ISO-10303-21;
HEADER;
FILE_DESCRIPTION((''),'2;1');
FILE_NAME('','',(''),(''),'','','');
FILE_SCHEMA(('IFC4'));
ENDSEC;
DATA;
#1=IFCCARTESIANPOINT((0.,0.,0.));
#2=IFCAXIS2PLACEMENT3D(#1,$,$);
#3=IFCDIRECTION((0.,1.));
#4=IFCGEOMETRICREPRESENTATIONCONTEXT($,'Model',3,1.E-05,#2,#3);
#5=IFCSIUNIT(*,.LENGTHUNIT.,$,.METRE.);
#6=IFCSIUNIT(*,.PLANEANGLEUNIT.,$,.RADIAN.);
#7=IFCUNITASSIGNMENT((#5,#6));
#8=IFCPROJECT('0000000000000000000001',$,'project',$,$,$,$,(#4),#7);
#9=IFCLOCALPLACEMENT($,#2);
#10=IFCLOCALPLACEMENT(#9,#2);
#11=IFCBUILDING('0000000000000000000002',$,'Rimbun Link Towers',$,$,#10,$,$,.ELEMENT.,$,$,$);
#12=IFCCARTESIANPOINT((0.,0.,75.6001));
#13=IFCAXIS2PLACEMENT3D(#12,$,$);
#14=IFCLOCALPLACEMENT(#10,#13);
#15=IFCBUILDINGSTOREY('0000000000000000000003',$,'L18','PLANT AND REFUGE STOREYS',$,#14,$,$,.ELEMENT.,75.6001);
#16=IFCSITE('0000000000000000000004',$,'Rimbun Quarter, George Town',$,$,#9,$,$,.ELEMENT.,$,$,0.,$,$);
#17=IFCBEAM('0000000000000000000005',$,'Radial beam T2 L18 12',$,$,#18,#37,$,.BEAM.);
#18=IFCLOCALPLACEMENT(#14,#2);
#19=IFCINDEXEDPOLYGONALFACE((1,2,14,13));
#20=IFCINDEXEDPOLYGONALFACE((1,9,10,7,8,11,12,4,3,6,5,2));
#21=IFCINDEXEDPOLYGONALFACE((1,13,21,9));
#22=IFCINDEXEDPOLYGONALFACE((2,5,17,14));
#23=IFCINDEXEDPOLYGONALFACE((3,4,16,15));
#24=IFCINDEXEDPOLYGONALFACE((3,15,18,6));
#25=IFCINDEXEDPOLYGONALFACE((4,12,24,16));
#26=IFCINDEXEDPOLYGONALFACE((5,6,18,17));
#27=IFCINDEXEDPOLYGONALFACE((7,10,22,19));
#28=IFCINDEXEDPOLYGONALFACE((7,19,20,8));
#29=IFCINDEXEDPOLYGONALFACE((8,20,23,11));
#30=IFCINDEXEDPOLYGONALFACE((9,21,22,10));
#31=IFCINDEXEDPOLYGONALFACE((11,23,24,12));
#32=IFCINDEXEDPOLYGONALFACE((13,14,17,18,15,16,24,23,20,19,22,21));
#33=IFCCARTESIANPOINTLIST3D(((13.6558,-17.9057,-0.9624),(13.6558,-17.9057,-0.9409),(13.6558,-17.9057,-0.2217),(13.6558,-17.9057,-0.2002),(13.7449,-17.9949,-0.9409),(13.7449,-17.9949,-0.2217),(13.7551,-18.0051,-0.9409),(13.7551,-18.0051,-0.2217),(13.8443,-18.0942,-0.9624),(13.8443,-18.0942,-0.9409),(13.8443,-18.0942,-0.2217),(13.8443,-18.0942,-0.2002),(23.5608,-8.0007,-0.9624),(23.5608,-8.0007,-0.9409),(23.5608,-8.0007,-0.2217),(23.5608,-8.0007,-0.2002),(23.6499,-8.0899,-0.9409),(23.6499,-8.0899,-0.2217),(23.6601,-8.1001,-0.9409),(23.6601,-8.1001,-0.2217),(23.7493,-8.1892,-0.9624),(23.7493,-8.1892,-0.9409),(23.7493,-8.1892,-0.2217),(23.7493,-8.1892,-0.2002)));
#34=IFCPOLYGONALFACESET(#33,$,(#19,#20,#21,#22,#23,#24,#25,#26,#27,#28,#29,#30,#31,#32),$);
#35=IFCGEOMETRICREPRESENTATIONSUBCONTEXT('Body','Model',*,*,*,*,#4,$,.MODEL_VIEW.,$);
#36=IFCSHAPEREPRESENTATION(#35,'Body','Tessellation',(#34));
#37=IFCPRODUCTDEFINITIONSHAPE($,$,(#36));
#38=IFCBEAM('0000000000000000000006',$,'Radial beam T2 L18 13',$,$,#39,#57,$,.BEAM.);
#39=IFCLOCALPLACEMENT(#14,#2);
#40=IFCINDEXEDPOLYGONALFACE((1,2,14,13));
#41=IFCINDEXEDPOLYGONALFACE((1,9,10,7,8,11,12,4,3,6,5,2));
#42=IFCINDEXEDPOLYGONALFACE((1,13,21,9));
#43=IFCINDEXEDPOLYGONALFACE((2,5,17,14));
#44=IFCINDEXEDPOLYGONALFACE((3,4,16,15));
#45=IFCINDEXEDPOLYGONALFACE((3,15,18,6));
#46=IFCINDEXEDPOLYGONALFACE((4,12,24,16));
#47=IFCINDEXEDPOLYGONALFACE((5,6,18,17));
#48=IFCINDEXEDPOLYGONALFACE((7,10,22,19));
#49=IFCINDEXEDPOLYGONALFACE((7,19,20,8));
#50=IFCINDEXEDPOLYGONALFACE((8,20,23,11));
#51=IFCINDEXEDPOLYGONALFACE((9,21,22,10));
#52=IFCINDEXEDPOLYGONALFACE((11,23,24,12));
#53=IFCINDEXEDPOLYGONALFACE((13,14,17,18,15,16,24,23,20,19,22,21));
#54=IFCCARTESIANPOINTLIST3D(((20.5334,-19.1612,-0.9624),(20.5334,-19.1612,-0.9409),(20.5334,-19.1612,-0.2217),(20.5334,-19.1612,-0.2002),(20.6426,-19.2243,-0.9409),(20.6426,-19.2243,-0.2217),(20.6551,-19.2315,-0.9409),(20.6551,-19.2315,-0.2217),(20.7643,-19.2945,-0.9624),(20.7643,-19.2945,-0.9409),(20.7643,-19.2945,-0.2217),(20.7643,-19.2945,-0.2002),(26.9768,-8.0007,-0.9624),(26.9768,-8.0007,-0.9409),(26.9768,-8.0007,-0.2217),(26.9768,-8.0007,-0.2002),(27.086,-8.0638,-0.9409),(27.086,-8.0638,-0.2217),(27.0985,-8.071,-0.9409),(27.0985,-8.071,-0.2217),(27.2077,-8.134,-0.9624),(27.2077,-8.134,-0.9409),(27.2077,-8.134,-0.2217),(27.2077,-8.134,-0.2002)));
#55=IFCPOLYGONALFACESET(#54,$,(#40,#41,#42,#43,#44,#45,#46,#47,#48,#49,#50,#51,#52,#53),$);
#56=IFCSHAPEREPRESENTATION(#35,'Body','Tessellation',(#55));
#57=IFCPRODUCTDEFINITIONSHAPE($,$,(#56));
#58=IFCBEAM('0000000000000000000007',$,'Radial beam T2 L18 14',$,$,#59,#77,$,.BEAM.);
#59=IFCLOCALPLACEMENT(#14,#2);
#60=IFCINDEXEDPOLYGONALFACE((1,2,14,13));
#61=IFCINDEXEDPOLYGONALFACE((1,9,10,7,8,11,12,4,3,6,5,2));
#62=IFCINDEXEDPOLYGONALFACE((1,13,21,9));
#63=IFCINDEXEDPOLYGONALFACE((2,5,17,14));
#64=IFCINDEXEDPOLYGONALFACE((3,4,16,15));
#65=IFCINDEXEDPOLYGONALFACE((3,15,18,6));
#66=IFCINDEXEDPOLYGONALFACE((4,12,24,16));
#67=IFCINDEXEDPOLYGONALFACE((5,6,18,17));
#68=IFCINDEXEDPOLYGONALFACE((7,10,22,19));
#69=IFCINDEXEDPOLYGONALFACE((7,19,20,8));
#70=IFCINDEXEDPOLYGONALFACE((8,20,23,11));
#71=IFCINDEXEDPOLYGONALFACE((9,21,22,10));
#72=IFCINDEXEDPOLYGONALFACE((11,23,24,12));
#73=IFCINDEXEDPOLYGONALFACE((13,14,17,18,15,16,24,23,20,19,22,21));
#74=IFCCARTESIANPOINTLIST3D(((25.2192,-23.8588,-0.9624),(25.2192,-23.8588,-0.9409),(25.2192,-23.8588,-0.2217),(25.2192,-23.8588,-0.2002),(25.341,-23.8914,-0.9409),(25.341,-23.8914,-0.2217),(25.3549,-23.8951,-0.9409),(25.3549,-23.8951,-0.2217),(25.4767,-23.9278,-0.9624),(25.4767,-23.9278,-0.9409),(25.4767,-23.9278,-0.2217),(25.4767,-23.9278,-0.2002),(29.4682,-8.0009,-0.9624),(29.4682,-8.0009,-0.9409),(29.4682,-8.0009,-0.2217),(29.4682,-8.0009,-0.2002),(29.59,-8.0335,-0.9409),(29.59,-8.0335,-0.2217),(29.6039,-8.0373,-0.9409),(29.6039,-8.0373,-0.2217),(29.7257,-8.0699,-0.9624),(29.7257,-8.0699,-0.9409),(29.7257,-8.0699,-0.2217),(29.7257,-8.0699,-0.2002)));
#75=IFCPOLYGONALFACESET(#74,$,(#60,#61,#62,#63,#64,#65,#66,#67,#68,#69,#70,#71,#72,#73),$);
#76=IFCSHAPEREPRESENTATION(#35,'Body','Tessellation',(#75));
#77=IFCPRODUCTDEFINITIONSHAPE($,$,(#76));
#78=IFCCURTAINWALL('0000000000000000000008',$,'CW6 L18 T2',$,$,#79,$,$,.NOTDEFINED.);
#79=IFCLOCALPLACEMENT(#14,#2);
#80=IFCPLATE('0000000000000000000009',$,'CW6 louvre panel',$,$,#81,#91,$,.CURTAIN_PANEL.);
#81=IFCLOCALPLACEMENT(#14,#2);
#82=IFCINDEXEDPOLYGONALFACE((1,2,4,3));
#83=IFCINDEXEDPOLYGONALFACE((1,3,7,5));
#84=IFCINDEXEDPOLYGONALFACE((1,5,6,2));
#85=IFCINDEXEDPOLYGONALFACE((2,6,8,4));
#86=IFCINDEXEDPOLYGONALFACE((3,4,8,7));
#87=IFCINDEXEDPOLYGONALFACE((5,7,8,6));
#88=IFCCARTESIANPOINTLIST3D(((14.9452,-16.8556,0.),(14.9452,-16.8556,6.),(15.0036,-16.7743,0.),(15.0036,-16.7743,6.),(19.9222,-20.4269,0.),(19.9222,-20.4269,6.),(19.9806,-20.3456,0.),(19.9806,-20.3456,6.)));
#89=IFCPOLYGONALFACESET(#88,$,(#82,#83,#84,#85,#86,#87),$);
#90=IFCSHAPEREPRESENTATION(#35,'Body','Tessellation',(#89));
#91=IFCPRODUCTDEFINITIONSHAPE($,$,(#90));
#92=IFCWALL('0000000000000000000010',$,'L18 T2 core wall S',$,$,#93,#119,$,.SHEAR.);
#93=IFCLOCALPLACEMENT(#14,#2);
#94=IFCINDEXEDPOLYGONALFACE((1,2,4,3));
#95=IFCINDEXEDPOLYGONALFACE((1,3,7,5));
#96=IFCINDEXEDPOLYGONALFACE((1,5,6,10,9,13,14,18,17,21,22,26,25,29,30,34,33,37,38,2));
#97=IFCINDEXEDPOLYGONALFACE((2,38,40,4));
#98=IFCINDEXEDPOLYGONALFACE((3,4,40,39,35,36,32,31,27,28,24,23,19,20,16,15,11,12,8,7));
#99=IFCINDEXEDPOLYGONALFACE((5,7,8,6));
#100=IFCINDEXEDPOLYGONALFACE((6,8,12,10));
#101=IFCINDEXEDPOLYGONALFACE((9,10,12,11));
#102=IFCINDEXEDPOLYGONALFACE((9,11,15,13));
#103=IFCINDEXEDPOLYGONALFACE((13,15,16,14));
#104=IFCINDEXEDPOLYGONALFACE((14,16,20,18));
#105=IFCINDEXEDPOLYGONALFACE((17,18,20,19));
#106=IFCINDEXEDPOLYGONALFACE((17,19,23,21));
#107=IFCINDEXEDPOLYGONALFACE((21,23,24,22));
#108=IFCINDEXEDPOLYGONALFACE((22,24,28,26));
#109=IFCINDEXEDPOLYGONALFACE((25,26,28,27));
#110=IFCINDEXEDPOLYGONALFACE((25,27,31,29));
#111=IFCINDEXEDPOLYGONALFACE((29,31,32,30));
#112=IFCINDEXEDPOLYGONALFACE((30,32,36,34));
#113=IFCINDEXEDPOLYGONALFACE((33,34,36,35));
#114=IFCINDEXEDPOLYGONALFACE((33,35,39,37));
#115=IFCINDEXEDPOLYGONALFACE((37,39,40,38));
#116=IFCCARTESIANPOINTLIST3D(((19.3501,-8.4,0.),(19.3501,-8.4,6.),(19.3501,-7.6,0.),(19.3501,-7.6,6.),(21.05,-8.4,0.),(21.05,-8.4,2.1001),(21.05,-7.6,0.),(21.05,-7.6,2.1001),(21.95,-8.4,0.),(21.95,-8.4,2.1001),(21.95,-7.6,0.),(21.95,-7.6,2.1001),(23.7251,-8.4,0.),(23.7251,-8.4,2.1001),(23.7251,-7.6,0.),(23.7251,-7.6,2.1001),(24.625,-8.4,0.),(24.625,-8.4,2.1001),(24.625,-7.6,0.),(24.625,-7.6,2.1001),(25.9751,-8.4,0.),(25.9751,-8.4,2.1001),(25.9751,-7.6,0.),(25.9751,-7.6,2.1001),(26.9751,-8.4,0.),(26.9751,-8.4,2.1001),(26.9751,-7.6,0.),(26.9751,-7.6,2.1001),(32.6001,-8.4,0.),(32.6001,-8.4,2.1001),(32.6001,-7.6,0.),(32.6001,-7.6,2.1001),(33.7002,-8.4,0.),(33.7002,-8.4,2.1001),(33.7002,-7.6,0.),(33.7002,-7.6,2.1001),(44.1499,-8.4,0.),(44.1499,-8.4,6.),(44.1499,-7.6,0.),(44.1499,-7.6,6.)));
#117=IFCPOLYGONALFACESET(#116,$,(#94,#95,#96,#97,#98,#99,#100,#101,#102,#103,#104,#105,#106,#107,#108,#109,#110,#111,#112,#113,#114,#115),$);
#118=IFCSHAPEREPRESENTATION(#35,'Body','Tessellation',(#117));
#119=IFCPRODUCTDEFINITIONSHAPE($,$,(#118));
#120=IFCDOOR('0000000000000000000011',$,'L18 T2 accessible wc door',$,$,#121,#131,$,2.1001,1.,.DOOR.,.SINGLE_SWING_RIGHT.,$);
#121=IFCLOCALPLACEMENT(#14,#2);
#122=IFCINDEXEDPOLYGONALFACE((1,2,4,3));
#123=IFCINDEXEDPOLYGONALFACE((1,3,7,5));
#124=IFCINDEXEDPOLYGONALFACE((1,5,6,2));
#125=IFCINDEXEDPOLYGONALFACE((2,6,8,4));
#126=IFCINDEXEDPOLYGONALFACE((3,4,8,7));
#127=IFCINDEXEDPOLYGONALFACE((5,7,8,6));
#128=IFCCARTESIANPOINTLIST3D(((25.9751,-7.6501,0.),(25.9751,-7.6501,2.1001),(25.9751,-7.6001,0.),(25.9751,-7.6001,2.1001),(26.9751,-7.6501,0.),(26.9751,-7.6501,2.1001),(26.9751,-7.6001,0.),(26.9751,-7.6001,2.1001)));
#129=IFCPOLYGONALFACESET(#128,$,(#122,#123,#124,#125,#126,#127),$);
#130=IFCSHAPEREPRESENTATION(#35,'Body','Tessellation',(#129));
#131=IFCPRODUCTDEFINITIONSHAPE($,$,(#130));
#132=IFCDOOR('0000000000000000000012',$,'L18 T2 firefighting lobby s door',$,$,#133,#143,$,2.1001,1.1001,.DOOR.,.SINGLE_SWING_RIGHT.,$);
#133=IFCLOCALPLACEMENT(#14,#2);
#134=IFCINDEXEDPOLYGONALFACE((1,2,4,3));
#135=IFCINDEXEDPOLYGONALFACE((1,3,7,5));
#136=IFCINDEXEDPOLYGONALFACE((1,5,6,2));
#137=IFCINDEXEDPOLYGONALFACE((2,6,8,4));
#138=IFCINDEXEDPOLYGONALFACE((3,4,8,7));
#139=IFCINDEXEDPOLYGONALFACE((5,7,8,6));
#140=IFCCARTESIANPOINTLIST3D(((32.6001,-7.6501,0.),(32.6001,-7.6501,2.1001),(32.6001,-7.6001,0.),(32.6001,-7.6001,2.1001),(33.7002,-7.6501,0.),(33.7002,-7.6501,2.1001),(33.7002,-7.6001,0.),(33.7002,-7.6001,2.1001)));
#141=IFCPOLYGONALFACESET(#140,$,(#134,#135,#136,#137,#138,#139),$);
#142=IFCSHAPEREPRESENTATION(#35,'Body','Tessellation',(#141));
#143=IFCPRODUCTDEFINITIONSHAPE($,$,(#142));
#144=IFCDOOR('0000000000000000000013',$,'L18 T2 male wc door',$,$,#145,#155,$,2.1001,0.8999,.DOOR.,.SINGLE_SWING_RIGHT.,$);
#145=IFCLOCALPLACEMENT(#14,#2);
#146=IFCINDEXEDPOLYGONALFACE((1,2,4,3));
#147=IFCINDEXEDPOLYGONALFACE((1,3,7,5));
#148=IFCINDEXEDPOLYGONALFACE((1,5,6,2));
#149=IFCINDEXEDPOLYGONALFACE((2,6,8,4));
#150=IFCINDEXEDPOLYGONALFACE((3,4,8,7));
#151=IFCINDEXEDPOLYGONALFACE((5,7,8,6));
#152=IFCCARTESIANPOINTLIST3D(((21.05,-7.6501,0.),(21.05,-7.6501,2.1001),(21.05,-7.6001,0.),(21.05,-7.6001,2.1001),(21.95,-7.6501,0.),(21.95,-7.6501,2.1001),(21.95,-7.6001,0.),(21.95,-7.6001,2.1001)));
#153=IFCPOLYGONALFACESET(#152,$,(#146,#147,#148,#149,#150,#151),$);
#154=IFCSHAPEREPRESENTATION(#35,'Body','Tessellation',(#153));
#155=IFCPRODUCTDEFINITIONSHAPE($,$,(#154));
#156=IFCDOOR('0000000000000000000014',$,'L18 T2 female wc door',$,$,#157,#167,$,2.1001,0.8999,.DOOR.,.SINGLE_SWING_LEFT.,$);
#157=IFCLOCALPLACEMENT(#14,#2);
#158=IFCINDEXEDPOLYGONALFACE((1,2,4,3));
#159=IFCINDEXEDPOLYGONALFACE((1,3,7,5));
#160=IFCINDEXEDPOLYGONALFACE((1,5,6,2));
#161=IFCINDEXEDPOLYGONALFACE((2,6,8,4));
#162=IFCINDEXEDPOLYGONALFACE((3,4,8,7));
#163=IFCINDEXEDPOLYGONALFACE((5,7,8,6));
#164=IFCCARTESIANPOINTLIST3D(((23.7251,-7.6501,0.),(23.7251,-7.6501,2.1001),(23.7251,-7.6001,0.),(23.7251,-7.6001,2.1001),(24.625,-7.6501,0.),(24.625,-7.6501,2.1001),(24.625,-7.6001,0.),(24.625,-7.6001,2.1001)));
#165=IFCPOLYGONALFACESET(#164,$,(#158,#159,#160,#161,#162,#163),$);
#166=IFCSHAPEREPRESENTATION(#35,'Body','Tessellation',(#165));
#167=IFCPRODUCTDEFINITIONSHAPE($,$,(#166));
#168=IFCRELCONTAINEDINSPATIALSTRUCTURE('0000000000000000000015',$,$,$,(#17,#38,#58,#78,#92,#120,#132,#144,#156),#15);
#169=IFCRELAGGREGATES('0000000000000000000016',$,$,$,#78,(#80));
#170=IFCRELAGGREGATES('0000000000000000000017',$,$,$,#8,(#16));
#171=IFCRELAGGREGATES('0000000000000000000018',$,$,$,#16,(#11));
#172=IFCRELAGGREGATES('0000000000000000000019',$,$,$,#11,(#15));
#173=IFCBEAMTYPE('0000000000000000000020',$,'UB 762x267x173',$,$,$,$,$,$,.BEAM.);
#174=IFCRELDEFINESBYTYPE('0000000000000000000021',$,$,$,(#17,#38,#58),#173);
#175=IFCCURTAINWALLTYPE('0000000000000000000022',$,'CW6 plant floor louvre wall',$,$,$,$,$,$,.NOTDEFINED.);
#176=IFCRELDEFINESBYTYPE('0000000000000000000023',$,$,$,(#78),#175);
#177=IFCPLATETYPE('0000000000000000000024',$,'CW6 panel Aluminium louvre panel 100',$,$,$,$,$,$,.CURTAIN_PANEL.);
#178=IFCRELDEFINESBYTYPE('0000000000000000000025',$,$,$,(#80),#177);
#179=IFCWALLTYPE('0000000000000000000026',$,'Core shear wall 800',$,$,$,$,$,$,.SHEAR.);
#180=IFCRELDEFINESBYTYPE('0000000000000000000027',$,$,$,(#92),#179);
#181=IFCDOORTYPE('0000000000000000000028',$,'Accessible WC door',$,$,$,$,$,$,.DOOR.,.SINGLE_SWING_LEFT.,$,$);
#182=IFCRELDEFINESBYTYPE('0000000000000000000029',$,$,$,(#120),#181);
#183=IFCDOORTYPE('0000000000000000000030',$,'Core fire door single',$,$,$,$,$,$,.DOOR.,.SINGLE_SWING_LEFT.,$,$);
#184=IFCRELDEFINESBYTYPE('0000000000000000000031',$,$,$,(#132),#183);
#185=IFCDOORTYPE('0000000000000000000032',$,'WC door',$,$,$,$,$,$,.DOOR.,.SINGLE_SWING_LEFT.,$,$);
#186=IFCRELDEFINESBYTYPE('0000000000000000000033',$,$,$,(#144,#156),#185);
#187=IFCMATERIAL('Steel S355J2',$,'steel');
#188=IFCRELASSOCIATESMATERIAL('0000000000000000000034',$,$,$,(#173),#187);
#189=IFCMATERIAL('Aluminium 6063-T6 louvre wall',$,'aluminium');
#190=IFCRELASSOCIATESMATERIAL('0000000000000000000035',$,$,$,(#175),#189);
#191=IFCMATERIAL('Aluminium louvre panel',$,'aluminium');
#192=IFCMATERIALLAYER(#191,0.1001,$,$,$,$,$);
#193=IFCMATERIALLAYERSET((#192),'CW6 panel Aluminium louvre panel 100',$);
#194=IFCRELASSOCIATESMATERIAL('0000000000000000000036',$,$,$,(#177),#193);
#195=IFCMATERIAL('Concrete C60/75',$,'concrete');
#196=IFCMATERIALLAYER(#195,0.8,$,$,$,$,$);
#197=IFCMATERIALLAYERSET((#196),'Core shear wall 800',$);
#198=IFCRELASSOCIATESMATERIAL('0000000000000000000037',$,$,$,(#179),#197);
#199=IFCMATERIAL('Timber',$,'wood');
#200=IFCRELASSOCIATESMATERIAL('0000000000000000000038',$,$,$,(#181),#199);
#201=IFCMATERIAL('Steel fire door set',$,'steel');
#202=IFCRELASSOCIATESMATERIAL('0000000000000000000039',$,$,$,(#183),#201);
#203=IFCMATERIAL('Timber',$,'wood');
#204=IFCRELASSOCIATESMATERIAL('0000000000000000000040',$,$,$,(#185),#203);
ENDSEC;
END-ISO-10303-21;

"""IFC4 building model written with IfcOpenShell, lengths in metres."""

from ifc_helpers import new_model, si_unit, direction, frame, frame_2d, origin, origin_2d, place, context, subcontext, project, spatial, rectangle, i_section, extrude, material, layer, layer_set, material_profile, profile_set, type_object, element, fill, aggregate, save


model = new_model("IFC4")

# Units and contexts
model_context = context("Model", 3, precision=1e-05, world=origin(), true_north=direction((0.0, 1.0)))
body_context = subcontext(model_context, "Body", "Model", "MODEL_VIEW")
ifc_project = project(units=[si_unit("LENGTHUNIT", "METRE"), si_unit("PLANEANGLEUNIT", "RADIAN")], contexts=[model_context])

# Site, building, storey
site_placement = place(None, origin())
site = spatial("IfcSite", under=ifc_project, at=site_placement, Name="Rimbun Quarter, George Town", CompositionType="ELEMENT", RefElevation=0.0)
building_placement = place(site_placement, origin())
building = spatial("IfcBuilding", under=site, at=building_placement, Name="Rimbun Link Towers", CompositionType="ELEMENT")
storey_placement = place(building_placement, frame((0.0, 0.0, 75.6001)))
storey = spatial("IfcBuildingStorey", under=building, at=storey_placement, Name="L18", Description="PLANT AND REFUGE STOREYS", CompositionType="ELEMENT", Elevation=75.6001)

# Beams
ifc_material_1 = material(Name="Steel S355J2", Category="steel")
ifc_material_profile = material_profile(ifc_material_1, i_section(OverallWidth=0.2666, OverallDepth=0.7622, WebThickness=0.0144, FlangeThickness=0.0215, at=origin_2d()), Name="UB 762x267x173")
ifc_profile_set = profile_set([ifc_material_profile], Name="Steel S355J2")
beam_type = type_object("IfcBeamType", Name="UB 762x267x173", PredefinedType="BEAM", material=ifc_profile_set)
beam_1_placement = place(storey_placement, frame((23.655, -8.095, -0.5813), z_axis=(-0.707107, -0.707107, 0.0), x_axis=(0.707107, -0.707107, 0.0)))
element("IfcBeam", 1, at=beam_1_placement, inside=storey, type_object=beam_type, Name="Radial beam T2 L18 12", PredefinedType="BEAM", context=body_context, shape_type="SweptSolid", body=[
    extrude(i_section(OverallWidth=0.2666, OverallDepth=0.7622, WebThickness=0.0144, FlangeThickness=0.0215, at=origin_2d()), origin(), (0.0, 0.0, 1.0), 14.0078),
])
beam_2_placement = place(storey_placement, frame((27.0923, -8.0674, -0.5813), z_axis=(-0.499994, -0.866029, 0.0), x_axis=(0.866029, -0.499994, 0.0)))
element("IfcBeam", 2, at=beam_2_placement, inside=storey, type_object=beam_type, Name="Radial beam T2 L18 13", PredefinedType="BEAM", context=body_context, shape_type="SweptSolid", body=[
    extrude(i_section(OverallWidth=0.2666, OverallDepth=0.7622, WebThickness=0.0144, FlangeThickness=0.0215, at=origin_2d()), origin(), (0.0, 0.0, 1.0), 12.887),
])
beam_3_placement = place(storey_placement, frame((29.5969, -8.0354, -0.5813), z_axis=(-0.258814, -0.965927, 0.0), x_axis=(0.965927, -0.258814, 0.0)))
element("IfcBeam", 3, at=beam_3_placement, inside=storey, type_object=beam_type, Name="Radial beam T2 L18 14", PredefinedType="BEAM", context=body_context, shape_type="SweptSolid", body=[
    extrude(i_section(OverallWidth=0.2666, OverallDepth=0.7622, WebThickness=0.0144, FlangeThickness=0.0215, at=origin_2d()), origin(), (0.0, 0.0, 1.0), 16.4172),
])

# Curtain wall, plate
ifc_material_2 = material(Name="Aluminium 6063-T6 louvre wall", Category="aluminium")
curtain_wall_type = type_object("IfcCurtainWallType", Name="CW6 plant floor louvre wall", PredefinedType="NOTDEFINED", material=ifc_material_2)
curtain_wall_placement = place(storey_placement, origin())
curtain_wall = element("IfcCurtainWall", 4, at=curtain_wall_placement, inside=storey, type_object=curtain_wall_type, Name="CW6 L18 T2", PredefinedType="NOTDEFINED")
ifc_material_3 = material(Name="Aluminium louvre panel", Category="aluminium")
ifc_layer_1 = layer(ifc_material_3, 0.1001)
ifc_layer_set_1 = layer_set([ifc_layer_1], Name="CW6 panel Aluminium louvre panel 100")
plate_type = type_object("IfcPlateType", Name="CW6 panel Aluminium louvre panel 100", PredefinedType="CURTAIN_PANEL", material=ifc_layer_set_1)
plate_placement = place(storey_placement, frame((17.4629, -18.6006, 0.0), z_axis=(0.0, 0.0, 1.0), x_axis=(-0.812469, 0.583004, 0.0)))
plate = element("IfcPlate", 5, at=plate_placement, type_object=plate_type, Name="CW6 louvre panel", PredefinedType="CURTAIN_PANEL", context=body_context, shape_type="SweptSolid", body=[
    extrude(rectangle(XDim=6.1257, YDim=0.1001, at=origin_2d()), origin(), (0.0, 0.0, 1.0), 6.0),
])
aggregate(curtain_wall, [plate])

# Wall, openings, doors
ifc_material_4 = material(Name="Concrete C60/75", Category="concrete")
ifc_layer_2 = layer(ifc_material_4, 0.8)
ifc_layer_set_2 = layer_set([ifc_layer_2], Name="Core shear wall 800")
wall_type_1 = type_object("IfcWallType", Name="Core shear wall 800", PredefinedType="SHEAR", material=ifc_layer_set_2)
wall_1_placement = place(storey_placement, frame((19.3501, -8.0, 0.0), z_axis=(0.0, 0.0, 1.0), x_axis=(1.0, 0.0, 0.0)))
wall_1 = element("IfcWall", 6, at=wall_1_placement, inside=storey, type_object=wall_type_1, Name="L18 T2 core wall S", PredefinedType="SHEAR", context=body_context, shape_type="SweptSolid", body=[
    extrude(rectangle(XDim=24.7998, YDim=0.8, at=frame_2d((12.3999, 0.0))), origin(), (0.0, 0.0, 1.0), 6.0),
])
opening_1_placement = place(wall_1_placement, frame((13.25, 0.0, 0.0)))
opening_1 = element("IfcOpeningElement", 7, at=opening_1_placement, cuts=wall_1, PredefinedType="OPENING", context=body_context, shape_type="SweptSolid", body=[
    extrude(rectangle(XDim=1.1001, YDim=2.1001, at=frame_2d((0.55, 1.05))), frame((0.0, 0.4099, 0.0), z_axis=(0.0, -1.0, 0.0), x_axis=(1.0, 0.0, 0.0)), (0.0, 0.0, 1.0), 0.8201),
])
opening_2_placement = place(wall_1_placement, frame((1.7, 0.0, 0.0)))
opening_2 = element("IfcOpeningElement", 8, at=opening_2_placement, cuts=wall_1, PredefinedType="OPENING", context=body_context, shape_type="SweptSolid", body=[
    extrude(rectangle(XDim=0.8999, YDim=2.1001, at=frame_2d((0.45, 1.05))), frame((0.0, 0.4099, 0.0), z_axis=(0.0, -1.0, 0.0), x_axis=(1.0, 0.0, 0.0)), (0.0, 0.0, 1.0), 0.8201),
])
opening_3_placement = place(wall_1_placement, frame((4.375, 0.0, 0.0)))
opening_3 = element("IfcOpeningElement", 9, at=opening_3_placement, cuts=wall_1, PredefinedType="OPENING", context=body_context, shape_type="SweptSolid", body=[
    extrude(rectangle(XDim=0.8999, YDim=2.1001, at=frame_2d((0.45, 1.05))), frame((0.0, 0.4099, 0.0), z_axis=(0.0, -1.0, 0.0), x_axis=(1.0, 0.0, 0.0)), (0.0, 0.0, 1.0), 0.8201),
])
opening_4_placement = place(wall_1_placement, frame((6.625, 0.0, 0.0)))
opening_4 = element("IfcOpeningElement", 10, at=opening_4_placement, cuts=wall_1, PredefinedType="OPENING", context=body_context, shape_type="SweptSolid", body=[
    extrude(rectangle(XDim=1.0, YDim=2.1001, at=frame_2d((0.5, 1.05))), frame((0.0, 0.4099, 0.0), z_axis=(0.0, -1.0, 0.0), x_axis=(1.0, 0.0, 0.0)), (0.0, 0.0, 1.0), 0.8201),
])
ifc_material_5 = material(Name="Timber", Category="wood")
door_type_1 = type_object("IfcDoorType", Name="Accessible WC door", OperationType="SINGLE_SWING_LEFT", PredefinedType="DOOR", material=ifc_material_5)
door_1_placement = place(opening_4_placement, origin())
door_1 = element("IfcDoor", 11, at=door_1_placement, inside=storey, type_object=door_type_1, Name="L18 T2 accessible wc door", OperationType="SINGLE_SWING_RIGHT", OverallHeight=2.1001, OverallWidth=1.0, PredefinedType="DOOR", context=body_context, shape_type="SweptSolid", body=[
    extrude(rectangle(XDim=1.0, YDim=2.1001, at=frame_2d((0.5, 1.05))), frame((0.0, 0.3999, 0.0), z_axis=(0.0, -1.0, 0.0), x_axis=(1.0, 0.0, 0.0)), (0.0, 0.0, 1.0), 0.05),
])
fill(opening_4, door_1)
ifc_material_6 = material(Name="Steel fire door set", Category="steel")
door_type_2 = type_object("IfcDoorType", Name="Core fire door single", OperationType="SINGLE_SWING_LEFT", PredefinedType="DOOR", material=ifc_material_6)
door_2_placement = place(opening_1_placement, origin())
door_2 = element("IfcDoor", 12, at=door_2_placement, inside=storey, type_object=door_type_2, Name="L18 T2 firefighting lobby s door", OperationType="SINGLE_SWING_RIGHT", OverallHeight=2.1001, OverallWidth=1.1001, PredefinedType="DOOR", context=body_context, shape_type="SweptSolid", body=[
    extrude(rectangle(XDim=1.1001, YDim=2.1001, at=frame_2d((0.55, 1.05))), frame((0.0, 0.3999, 0.0), z_axis=(0.0, -1.0, 0.0), x_axis=(1.0, 0.0, 0.0)), (0.0, 0.0, 1.0), 0.05),
])
fill(opening_1, door_2)
ifc_material_7 = material(Name="Timber", Category="wood")
door_type_3 = type_object("IfcDoorType", Name="WC door", OperationType="SINGLE_SWING_LEFT", PredefinedType="DOOR", material=ifc_material_7)
door_3_placement = place(opening_2_placement, origin())
door_3 = element("IfcDoor", 13, at=door_3_placement, inside=storey, type_object=door_type_3, Name="L18 T2 male wc door", OperationType="SINGLE_SWING_RIGHT", OverallHeight=2.1001, OverallWidth=0.8999, PredefinedType="DOOR", context=body_context, shape_type="SweptSolid", body=[
    extrude(rectangle(XDim=0.8999, YDim=2.1001, at=frame_2d((0.45, 1.05))), frame((0.0, 0.3999, 0.0), z_axis=(0.0, -1.0, 0.0), x_axis=(1.0, 0.0, 0.0)), (0.0, 0.0, 1.0), 0.05),
])
fill(opening_2, door_3)
door_4_placement = place(opening_3_placement, origin())
door_4 = element("IfcDoor", 14, at=door_4_placement, inside=storey, type_object=door_type_3, Name="L18 T2 female wc door", OperationType="SINGLE_SWING_LEFT", OverallHeight=2.1001, OverallWidth=0.8999, PredefinedType="DOOR", context=body_context, shape_type="SweptSolid", body=[
    extrude(rectangle(XDim=0.8999, YDim=2.1001, at=frame_2d((0.45, 1.05))), frame((0.0, 0.3999, 0.0), z_axis=(0.0, -1.0, 0.0), x_axis=(1.0, 0.0, 0.0)), (0.0, 0.0, 1.0), 0.05),
])
fill(opening_3, door_4)

save(model, "model.ifc")
